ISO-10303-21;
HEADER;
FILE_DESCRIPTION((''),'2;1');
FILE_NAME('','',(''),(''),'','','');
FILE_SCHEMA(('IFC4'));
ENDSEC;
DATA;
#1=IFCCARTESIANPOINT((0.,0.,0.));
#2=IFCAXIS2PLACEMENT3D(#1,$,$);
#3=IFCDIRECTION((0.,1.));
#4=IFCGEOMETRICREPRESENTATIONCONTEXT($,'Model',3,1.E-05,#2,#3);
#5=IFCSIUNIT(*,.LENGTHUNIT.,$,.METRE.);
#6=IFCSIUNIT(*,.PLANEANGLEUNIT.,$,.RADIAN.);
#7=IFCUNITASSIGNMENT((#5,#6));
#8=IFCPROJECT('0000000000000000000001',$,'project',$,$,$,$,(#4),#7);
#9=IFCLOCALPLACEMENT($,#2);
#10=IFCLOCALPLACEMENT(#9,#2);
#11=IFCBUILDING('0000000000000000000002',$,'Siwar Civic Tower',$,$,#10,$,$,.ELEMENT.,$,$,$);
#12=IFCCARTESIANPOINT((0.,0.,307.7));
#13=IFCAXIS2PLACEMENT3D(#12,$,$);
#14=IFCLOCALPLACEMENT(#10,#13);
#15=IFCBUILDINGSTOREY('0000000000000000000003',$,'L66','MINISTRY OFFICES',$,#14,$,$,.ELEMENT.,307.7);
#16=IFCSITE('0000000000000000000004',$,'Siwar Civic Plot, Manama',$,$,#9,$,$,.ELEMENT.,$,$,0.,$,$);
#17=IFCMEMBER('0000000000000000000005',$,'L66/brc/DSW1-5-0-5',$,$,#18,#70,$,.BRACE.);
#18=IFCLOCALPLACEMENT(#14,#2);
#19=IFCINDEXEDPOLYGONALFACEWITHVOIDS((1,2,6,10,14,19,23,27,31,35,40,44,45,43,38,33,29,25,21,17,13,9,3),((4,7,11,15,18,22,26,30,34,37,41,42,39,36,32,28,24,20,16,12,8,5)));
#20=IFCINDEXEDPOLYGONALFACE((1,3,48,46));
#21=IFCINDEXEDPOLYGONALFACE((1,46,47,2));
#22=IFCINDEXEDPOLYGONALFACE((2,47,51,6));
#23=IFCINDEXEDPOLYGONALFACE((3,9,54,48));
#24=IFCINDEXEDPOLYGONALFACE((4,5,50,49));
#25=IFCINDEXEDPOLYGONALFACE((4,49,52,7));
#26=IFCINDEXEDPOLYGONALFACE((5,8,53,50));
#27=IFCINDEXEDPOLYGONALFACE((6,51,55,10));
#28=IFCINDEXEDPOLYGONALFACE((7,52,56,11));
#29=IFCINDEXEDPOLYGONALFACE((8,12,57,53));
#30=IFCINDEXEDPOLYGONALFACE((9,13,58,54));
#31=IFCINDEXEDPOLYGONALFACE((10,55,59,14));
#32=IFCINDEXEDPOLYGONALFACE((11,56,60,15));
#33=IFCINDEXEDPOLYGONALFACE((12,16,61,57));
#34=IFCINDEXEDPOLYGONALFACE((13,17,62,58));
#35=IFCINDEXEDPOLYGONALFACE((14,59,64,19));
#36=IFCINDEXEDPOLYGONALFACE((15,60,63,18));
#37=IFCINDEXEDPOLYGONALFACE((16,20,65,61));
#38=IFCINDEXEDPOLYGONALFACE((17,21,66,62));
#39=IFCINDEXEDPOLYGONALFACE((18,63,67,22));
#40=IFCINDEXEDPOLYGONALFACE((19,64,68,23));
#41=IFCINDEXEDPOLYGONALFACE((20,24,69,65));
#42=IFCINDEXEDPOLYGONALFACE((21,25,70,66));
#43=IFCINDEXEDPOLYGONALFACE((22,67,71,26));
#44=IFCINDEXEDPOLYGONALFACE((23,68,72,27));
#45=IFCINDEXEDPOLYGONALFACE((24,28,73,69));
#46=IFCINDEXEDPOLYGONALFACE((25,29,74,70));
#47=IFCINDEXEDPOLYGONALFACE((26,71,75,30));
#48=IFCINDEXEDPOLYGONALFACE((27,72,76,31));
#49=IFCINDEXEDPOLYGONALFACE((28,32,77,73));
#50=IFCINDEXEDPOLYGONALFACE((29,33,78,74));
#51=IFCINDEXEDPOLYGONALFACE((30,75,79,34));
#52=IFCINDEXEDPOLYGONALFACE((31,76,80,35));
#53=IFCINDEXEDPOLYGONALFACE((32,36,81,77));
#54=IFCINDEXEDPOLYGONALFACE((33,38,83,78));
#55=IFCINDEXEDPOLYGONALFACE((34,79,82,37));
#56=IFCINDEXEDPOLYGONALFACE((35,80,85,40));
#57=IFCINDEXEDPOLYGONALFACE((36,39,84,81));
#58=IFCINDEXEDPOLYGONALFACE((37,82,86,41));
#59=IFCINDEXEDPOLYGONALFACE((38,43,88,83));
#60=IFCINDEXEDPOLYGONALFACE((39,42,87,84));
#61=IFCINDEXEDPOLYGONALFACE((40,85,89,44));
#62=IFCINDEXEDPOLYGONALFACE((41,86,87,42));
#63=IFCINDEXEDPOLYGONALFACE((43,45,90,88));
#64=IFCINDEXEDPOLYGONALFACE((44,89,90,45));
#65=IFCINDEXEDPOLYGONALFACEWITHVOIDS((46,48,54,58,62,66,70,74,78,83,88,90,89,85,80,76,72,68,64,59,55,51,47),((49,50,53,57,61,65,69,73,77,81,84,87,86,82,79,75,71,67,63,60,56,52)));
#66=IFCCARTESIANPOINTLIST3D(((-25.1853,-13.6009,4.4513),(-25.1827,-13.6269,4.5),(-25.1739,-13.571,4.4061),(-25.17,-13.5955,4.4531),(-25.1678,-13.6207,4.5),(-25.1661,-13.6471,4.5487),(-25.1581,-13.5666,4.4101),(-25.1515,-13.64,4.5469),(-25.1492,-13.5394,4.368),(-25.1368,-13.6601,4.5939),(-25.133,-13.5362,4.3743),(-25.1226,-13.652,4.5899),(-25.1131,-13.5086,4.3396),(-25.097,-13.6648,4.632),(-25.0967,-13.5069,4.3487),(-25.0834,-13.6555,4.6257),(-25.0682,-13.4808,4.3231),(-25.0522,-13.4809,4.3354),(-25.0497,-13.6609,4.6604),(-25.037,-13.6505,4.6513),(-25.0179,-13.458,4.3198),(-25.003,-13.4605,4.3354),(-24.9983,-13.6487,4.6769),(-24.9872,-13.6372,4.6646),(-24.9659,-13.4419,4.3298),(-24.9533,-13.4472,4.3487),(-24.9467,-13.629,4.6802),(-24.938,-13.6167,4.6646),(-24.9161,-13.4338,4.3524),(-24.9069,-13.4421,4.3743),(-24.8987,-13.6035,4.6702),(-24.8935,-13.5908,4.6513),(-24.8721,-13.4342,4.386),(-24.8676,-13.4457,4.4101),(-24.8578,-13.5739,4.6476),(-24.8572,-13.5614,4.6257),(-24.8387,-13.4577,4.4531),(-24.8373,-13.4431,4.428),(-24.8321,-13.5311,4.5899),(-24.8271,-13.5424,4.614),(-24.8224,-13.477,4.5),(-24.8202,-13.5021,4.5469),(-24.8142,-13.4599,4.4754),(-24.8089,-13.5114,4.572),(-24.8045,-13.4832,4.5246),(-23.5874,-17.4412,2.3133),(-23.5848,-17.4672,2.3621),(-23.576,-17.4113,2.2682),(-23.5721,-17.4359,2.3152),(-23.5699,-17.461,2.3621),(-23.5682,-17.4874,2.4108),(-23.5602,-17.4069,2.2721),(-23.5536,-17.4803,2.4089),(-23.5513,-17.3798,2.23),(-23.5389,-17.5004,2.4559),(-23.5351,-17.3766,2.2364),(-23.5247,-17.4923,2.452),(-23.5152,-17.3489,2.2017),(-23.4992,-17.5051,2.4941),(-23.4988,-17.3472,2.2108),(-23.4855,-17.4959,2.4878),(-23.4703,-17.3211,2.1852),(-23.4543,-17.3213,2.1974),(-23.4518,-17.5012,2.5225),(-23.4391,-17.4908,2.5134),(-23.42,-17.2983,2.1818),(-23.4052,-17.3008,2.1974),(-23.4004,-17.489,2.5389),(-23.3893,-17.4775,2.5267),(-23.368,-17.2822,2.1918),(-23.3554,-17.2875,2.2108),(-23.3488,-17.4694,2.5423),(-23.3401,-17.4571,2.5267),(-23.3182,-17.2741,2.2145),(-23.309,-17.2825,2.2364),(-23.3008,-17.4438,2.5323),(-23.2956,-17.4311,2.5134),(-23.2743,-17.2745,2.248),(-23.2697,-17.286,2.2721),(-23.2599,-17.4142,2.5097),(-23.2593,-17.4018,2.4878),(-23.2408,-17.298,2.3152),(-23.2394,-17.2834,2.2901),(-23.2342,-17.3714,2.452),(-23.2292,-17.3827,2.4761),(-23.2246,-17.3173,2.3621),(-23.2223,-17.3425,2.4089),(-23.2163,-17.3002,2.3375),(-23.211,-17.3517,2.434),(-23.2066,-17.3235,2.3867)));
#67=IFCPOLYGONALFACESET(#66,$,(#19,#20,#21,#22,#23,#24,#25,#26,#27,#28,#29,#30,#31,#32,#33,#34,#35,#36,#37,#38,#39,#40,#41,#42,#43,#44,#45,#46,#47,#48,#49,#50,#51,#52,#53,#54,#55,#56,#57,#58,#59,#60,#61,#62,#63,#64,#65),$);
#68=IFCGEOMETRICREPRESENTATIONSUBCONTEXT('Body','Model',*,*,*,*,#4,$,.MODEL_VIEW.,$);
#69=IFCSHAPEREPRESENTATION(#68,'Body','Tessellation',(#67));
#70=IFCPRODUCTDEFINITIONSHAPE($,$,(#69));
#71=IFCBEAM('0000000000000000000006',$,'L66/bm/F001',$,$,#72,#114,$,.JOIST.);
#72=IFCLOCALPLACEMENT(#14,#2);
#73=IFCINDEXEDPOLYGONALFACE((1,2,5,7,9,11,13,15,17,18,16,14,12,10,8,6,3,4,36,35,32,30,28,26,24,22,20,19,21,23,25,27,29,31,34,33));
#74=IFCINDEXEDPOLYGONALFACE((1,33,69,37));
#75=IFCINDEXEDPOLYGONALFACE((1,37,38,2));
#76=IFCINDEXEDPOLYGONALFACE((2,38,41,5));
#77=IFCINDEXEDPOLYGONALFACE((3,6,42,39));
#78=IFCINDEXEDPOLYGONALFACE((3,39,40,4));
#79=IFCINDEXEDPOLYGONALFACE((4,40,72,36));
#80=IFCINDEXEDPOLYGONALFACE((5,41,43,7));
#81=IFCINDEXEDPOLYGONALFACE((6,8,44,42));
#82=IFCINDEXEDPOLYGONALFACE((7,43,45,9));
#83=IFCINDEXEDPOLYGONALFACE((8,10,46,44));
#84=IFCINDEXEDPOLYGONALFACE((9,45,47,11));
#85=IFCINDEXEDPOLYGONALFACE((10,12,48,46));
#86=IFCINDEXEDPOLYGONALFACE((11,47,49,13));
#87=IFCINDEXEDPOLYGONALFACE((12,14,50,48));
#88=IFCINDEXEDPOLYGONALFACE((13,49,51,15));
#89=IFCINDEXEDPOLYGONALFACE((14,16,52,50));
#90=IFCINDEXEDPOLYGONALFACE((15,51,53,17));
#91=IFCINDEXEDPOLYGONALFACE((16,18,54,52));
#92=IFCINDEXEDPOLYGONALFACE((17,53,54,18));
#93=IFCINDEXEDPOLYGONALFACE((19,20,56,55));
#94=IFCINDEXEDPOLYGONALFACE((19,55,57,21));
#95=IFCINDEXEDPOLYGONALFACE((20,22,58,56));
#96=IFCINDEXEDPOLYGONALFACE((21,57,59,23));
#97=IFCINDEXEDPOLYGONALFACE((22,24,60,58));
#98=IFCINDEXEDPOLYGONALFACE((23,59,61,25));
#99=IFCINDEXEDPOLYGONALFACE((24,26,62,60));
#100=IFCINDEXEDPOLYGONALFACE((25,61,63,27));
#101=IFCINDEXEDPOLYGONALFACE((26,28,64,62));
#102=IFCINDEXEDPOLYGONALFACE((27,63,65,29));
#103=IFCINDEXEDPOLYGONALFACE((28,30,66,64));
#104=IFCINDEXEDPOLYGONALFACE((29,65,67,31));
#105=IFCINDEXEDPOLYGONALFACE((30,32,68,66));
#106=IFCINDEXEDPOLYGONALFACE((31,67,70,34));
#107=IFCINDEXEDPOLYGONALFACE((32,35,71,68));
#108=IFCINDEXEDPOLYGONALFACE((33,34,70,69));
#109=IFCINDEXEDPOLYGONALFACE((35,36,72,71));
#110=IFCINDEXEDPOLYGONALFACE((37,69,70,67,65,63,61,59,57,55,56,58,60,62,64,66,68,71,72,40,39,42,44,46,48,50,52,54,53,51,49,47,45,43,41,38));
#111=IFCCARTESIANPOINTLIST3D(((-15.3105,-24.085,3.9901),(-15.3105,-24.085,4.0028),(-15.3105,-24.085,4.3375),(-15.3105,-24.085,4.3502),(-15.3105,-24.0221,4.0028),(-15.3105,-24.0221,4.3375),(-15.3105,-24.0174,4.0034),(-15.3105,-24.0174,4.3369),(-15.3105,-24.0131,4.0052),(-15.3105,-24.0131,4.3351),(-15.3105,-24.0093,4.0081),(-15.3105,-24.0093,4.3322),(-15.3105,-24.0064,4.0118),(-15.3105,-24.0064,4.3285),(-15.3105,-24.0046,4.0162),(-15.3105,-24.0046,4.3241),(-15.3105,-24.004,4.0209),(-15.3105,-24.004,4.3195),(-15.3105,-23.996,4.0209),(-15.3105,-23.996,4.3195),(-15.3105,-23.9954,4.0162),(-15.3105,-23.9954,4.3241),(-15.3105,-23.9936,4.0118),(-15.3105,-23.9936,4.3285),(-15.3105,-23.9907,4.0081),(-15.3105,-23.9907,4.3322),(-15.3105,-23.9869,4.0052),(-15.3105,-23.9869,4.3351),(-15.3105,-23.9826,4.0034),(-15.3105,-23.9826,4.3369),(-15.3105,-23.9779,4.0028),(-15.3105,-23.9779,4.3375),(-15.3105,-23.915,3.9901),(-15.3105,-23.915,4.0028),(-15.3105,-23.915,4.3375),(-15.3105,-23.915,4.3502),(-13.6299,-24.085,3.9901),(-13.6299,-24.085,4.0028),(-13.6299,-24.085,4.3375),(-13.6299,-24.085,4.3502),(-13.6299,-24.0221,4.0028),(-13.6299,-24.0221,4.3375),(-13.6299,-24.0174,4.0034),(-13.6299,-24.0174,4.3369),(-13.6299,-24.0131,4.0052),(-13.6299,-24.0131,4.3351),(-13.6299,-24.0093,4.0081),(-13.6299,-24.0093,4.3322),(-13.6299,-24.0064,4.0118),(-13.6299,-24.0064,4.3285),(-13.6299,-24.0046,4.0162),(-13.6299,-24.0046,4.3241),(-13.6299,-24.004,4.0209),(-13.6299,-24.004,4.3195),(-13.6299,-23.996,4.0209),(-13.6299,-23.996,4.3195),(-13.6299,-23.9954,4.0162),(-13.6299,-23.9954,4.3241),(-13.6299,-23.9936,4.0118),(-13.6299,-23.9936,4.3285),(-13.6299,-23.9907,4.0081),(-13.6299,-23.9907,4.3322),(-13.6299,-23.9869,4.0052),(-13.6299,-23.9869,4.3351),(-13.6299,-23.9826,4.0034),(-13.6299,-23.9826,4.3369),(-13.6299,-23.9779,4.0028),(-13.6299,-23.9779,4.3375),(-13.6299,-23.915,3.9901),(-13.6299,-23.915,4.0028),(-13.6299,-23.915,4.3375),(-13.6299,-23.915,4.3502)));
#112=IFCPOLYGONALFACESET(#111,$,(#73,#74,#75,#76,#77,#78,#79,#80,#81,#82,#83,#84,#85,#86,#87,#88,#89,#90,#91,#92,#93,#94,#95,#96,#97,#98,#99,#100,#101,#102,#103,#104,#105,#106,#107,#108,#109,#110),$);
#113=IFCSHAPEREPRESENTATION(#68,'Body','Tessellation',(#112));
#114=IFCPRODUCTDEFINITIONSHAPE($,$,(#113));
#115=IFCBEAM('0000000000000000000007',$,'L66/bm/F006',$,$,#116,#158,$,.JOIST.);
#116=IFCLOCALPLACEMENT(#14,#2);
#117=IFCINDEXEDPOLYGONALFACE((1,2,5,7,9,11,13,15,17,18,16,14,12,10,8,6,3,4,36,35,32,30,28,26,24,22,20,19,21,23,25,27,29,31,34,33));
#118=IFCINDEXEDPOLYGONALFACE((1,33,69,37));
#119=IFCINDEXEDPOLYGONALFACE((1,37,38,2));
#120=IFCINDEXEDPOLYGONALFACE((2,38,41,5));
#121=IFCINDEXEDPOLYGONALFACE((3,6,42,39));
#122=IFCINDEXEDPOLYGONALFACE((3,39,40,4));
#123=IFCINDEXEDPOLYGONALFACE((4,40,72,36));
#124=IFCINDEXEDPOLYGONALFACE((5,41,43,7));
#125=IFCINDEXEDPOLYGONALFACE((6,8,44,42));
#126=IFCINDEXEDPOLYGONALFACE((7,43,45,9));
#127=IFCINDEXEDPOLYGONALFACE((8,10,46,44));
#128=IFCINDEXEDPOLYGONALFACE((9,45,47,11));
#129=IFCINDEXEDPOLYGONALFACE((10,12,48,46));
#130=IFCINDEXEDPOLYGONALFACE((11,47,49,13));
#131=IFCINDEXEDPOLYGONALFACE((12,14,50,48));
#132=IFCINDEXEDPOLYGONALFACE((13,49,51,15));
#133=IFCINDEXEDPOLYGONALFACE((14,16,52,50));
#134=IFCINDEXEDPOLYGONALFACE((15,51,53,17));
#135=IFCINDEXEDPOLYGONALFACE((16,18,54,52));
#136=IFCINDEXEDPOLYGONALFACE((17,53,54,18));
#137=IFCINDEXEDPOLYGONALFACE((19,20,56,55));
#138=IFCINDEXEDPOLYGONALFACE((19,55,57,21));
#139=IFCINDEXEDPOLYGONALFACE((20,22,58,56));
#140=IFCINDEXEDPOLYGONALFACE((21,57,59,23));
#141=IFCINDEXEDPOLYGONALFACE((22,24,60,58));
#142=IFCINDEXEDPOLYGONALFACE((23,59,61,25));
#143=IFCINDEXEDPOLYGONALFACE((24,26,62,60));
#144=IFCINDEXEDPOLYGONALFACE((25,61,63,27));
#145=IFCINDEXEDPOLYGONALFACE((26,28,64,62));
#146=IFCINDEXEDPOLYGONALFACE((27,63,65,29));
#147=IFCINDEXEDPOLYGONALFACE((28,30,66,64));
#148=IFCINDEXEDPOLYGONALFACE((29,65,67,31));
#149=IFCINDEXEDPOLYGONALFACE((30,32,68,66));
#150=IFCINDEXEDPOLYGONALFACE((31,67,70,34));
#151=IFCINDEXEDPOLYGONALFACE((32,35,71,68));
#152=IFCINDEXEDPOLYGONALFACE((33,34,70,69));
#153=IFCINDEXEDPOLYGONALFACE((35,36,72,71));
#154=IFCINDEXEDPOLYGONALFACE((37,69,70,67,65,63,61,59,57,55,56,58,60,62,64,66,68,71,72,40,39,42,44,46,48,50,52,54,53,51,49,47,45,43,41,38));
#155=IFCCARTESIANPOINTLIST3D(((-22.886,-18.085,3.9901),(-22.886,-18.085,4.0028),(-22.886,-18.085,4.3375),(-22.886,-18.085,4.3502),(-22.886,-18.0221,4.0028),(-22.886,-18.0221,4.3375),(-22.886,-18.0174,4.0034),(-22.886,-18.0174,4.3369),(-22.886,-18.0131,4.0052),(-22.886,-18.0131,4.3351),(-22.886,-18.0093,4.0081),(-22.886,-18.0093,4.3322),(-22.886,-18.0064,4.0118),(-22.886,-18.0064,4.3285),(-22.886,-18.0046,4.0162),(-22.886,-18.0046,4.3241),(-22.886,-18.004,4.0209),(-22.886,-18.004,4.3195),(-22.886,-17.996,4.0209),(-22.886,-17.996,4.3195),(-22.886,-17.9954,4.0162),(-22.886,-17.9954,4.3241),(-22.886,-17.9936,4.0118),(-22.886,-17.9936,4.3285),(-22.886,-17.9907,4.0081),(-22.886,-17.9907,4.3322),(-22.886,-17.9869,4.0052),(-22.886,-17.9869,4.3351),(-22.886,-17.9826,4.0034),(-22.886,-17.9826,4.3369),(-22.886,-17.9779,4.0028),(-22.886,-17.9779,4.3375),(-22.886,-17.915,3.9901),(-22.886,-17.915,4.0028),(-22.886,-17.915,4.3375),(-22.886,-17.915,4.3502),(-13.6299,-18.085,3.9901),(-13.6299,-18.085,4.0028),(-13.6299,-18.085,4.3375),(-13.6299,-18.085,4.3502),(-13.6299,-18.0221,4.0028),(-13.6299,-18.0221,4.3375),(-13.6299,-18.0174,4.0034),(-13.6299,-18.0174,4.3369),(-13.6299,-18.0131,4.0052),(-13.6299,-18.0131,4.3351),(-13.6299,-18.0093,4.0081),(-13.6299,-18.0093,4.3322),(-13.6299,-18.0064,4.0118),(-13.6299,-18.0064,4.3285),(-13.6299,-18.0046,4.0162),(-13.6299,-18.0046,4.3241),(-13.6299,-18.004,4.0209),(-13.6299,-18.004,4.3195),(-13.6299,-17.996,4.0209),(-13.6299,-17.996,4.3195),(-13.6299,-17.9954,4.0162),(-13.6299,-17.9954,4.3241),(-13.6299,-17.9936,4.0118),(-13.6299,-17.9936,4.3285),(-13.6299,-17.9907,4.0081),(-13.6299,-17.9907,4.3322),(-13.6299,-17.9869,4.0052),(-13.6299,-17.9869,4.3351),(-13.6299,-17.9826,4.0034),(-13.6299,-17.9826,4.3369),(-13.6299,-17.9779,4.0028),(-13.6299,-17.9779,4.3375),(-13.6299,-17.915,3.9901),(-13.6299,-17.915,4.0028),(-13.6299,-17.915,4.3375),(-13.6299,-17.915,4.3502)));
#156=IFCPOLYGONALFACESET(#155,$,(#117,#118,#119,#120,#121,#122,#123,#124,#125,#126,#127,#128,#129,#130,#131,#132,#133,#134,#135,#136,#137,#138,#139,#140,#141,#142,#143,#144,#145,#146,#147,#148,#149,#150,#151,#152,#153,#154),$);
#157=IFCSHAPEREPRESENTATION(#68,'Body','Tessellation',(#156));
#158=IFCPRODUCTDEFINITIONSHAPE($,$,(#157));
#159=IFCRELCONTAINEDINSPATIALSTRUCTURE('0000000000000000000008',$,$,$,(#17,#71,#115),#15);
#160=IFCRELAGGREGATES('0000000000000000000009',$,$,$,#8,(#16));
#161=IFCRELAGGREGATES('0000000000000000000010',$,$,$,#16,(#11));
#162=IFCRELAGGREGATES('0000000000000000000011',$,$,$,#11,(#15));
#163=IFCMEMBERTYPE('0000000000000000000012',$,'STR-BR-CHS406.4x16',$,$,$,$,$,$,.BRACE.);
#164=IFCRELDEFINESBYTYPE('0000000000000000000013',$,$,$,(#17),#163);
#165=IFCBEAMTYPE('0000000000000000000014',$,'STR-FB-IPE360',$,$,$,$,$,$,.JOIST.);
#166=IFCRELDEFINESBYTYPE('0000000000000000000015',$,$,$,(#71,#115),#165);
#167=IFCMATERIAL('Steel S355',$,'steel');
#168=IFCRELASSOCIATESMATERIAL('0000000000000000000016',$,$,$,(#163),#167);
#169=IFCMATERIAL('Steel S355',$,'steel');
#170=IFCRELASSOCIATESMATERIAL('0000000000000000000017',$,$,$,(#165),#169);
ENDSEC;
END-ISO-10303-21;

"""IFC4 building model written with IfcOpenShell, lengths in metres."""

from ifc_helpers import new_model, si_unit, direction, frame, origin, origin_2d, place, context, subcontext, project, spatial, hollow_circle, i_section, extrude, material, material_profile, profile_set, type_object, element, save


model = new_model("IFC4")

# Units and contexts
model_context = context("Model", 3, precision=1e-05, world=origin(), true_north=direction((0.0, 1.0)))
body_context = subcontext(model_context, "Body", "Model", "MODEL_VIEW")
ifc_project = project(units=[si_unit("LENGTHUNIT", "METRE"), si_unit("PLANEANGLEUNIT", "RADIAN")], contexts=[model_context])

# Site, building, storey
site_placement = place(None, origin())
site = spatial("IfcSite", under=ifc_project, at=site_placement, Name="Siwar Civic Plot, Manama", CompositionType="ELEMENT", RefElevation=0.0)
building_placement = place(site_placement, origin())
building = spatial("IfcBuilding", under=site, at=building_placement, Name="Siwar Civic Tower", CompositionType="ELEMENT")
storey_placement = place(building_placement, frame((0.0, 0.0, 307.7)))
storey = spatial("IfcBuildingStorey", under=building, at=storey_placement, Name="L66", Description="MINISTRY OFFICES", CompositionType="ELEMENT", Elevation=307.7)

# Member
ifc_material_1 = material(Name="Steel S355", Category="steel")
ifc_material_profile_1 = material_profile(ifc_material_1, hollow_circle(Radius=0.2031, WallThickness=0.0161, at=origin_2d()), Name="CHS406.4x16")
ifc_profile_set_1 = profile_set([ifc_material_profile_1], Name="Steel S355")
member_type_1 = type_object("IfcMemberType", Name="STR-BR-CHS406.4x16", PredefinedType="BRACE", material=ifc_profile_set_1)
member_1_placement = place(storey_placement, frame((-23.3972, -17.3892, 2.3621), z_axis=(-0.341667, 0.82115, 0.45714), x_axis=(-0.923268, -0.384157, 0.0)))
element("IfcMember", 1, at=member_1_placement, inside=storey, type_object=member_type_1, Name="L66/brc/DSW1-5-0-5", PredefinedType="BRACE", context=body_context, shape_type="SweptSolid", body=[
    extrude(hollow_circle(Radius=0.2031, WallThickness=0.0161, at=origin_2d()), origin(), (0.0, 0.0, 1.0), 4.6768),
])

# Beams
ifc_material_2 = material(Name="Steel S355", Category="steel")
ifc_material_profile_2 = material_profile(ifc_material_2, i_section(OverallWidth=0.1699, OverallDepth=0.3601, WebThickness=0.0081, FlangeThickness=0.0127, FilletRadius=0.0181, at=origin_2d()), Name="IPE360")
ifc_profile_set_2 = profile_set([ifc_material_profile_2], Name="Steel S355")
beam_type_1 = type_object("IfcBeamType", Name="STR-FB-IPE360", PredefinedType="JOIST", material=ifc_profile_set_2)
beam_1_placement = place(storey_placement, frame((-15.3105, -24.0, 4.1702), z_axis=(1.0, 0.0, 0.0), x_axis=(0.0, 1.0, 0.0)))
element("IfcBeam", 2, at=beam_1_placement, inside=storey, type_object=beam_type_1, Name="L66/bm/F001", PredefinedType="JOIST", context=body_context, shape_type="SweptSolid", body=[
    extrude(i_section(OverallWidth=0.1699, OverallDepth=0.3601, WebThickness=0.0081, FlangeThickness=0.0127, FilletRadius=0.0181, at=origin_2d()), origin(), (0.0, 0.0, 1.0), 1.6807),
])
beam_2_placement = place(storey_placement, frame((-22.886, -18.0, 4.1702), z_axis=(1.0, 0.0, 0.0), x_axis=(0.0, 1.0, 0.0)))
element("IfcBeam", 3, at=beam_2_placement, inside=storey, type_object=beam_type_1, Name="L66/bm/F006", PredefinedType="JOIST", context=body_context, shape_type="SweptSolid", body=[
    extrude(i_section(OverallWidth=0.1699, OverallDepth=0.3601, WebThickness=0.0081, FlangeThickness=0.0127, FilletRadius=0.0181, at=origin_2d()), origin(), (0.0, 0.0, 1.0), 9.2561),
])

save(model, "model.ifc")
